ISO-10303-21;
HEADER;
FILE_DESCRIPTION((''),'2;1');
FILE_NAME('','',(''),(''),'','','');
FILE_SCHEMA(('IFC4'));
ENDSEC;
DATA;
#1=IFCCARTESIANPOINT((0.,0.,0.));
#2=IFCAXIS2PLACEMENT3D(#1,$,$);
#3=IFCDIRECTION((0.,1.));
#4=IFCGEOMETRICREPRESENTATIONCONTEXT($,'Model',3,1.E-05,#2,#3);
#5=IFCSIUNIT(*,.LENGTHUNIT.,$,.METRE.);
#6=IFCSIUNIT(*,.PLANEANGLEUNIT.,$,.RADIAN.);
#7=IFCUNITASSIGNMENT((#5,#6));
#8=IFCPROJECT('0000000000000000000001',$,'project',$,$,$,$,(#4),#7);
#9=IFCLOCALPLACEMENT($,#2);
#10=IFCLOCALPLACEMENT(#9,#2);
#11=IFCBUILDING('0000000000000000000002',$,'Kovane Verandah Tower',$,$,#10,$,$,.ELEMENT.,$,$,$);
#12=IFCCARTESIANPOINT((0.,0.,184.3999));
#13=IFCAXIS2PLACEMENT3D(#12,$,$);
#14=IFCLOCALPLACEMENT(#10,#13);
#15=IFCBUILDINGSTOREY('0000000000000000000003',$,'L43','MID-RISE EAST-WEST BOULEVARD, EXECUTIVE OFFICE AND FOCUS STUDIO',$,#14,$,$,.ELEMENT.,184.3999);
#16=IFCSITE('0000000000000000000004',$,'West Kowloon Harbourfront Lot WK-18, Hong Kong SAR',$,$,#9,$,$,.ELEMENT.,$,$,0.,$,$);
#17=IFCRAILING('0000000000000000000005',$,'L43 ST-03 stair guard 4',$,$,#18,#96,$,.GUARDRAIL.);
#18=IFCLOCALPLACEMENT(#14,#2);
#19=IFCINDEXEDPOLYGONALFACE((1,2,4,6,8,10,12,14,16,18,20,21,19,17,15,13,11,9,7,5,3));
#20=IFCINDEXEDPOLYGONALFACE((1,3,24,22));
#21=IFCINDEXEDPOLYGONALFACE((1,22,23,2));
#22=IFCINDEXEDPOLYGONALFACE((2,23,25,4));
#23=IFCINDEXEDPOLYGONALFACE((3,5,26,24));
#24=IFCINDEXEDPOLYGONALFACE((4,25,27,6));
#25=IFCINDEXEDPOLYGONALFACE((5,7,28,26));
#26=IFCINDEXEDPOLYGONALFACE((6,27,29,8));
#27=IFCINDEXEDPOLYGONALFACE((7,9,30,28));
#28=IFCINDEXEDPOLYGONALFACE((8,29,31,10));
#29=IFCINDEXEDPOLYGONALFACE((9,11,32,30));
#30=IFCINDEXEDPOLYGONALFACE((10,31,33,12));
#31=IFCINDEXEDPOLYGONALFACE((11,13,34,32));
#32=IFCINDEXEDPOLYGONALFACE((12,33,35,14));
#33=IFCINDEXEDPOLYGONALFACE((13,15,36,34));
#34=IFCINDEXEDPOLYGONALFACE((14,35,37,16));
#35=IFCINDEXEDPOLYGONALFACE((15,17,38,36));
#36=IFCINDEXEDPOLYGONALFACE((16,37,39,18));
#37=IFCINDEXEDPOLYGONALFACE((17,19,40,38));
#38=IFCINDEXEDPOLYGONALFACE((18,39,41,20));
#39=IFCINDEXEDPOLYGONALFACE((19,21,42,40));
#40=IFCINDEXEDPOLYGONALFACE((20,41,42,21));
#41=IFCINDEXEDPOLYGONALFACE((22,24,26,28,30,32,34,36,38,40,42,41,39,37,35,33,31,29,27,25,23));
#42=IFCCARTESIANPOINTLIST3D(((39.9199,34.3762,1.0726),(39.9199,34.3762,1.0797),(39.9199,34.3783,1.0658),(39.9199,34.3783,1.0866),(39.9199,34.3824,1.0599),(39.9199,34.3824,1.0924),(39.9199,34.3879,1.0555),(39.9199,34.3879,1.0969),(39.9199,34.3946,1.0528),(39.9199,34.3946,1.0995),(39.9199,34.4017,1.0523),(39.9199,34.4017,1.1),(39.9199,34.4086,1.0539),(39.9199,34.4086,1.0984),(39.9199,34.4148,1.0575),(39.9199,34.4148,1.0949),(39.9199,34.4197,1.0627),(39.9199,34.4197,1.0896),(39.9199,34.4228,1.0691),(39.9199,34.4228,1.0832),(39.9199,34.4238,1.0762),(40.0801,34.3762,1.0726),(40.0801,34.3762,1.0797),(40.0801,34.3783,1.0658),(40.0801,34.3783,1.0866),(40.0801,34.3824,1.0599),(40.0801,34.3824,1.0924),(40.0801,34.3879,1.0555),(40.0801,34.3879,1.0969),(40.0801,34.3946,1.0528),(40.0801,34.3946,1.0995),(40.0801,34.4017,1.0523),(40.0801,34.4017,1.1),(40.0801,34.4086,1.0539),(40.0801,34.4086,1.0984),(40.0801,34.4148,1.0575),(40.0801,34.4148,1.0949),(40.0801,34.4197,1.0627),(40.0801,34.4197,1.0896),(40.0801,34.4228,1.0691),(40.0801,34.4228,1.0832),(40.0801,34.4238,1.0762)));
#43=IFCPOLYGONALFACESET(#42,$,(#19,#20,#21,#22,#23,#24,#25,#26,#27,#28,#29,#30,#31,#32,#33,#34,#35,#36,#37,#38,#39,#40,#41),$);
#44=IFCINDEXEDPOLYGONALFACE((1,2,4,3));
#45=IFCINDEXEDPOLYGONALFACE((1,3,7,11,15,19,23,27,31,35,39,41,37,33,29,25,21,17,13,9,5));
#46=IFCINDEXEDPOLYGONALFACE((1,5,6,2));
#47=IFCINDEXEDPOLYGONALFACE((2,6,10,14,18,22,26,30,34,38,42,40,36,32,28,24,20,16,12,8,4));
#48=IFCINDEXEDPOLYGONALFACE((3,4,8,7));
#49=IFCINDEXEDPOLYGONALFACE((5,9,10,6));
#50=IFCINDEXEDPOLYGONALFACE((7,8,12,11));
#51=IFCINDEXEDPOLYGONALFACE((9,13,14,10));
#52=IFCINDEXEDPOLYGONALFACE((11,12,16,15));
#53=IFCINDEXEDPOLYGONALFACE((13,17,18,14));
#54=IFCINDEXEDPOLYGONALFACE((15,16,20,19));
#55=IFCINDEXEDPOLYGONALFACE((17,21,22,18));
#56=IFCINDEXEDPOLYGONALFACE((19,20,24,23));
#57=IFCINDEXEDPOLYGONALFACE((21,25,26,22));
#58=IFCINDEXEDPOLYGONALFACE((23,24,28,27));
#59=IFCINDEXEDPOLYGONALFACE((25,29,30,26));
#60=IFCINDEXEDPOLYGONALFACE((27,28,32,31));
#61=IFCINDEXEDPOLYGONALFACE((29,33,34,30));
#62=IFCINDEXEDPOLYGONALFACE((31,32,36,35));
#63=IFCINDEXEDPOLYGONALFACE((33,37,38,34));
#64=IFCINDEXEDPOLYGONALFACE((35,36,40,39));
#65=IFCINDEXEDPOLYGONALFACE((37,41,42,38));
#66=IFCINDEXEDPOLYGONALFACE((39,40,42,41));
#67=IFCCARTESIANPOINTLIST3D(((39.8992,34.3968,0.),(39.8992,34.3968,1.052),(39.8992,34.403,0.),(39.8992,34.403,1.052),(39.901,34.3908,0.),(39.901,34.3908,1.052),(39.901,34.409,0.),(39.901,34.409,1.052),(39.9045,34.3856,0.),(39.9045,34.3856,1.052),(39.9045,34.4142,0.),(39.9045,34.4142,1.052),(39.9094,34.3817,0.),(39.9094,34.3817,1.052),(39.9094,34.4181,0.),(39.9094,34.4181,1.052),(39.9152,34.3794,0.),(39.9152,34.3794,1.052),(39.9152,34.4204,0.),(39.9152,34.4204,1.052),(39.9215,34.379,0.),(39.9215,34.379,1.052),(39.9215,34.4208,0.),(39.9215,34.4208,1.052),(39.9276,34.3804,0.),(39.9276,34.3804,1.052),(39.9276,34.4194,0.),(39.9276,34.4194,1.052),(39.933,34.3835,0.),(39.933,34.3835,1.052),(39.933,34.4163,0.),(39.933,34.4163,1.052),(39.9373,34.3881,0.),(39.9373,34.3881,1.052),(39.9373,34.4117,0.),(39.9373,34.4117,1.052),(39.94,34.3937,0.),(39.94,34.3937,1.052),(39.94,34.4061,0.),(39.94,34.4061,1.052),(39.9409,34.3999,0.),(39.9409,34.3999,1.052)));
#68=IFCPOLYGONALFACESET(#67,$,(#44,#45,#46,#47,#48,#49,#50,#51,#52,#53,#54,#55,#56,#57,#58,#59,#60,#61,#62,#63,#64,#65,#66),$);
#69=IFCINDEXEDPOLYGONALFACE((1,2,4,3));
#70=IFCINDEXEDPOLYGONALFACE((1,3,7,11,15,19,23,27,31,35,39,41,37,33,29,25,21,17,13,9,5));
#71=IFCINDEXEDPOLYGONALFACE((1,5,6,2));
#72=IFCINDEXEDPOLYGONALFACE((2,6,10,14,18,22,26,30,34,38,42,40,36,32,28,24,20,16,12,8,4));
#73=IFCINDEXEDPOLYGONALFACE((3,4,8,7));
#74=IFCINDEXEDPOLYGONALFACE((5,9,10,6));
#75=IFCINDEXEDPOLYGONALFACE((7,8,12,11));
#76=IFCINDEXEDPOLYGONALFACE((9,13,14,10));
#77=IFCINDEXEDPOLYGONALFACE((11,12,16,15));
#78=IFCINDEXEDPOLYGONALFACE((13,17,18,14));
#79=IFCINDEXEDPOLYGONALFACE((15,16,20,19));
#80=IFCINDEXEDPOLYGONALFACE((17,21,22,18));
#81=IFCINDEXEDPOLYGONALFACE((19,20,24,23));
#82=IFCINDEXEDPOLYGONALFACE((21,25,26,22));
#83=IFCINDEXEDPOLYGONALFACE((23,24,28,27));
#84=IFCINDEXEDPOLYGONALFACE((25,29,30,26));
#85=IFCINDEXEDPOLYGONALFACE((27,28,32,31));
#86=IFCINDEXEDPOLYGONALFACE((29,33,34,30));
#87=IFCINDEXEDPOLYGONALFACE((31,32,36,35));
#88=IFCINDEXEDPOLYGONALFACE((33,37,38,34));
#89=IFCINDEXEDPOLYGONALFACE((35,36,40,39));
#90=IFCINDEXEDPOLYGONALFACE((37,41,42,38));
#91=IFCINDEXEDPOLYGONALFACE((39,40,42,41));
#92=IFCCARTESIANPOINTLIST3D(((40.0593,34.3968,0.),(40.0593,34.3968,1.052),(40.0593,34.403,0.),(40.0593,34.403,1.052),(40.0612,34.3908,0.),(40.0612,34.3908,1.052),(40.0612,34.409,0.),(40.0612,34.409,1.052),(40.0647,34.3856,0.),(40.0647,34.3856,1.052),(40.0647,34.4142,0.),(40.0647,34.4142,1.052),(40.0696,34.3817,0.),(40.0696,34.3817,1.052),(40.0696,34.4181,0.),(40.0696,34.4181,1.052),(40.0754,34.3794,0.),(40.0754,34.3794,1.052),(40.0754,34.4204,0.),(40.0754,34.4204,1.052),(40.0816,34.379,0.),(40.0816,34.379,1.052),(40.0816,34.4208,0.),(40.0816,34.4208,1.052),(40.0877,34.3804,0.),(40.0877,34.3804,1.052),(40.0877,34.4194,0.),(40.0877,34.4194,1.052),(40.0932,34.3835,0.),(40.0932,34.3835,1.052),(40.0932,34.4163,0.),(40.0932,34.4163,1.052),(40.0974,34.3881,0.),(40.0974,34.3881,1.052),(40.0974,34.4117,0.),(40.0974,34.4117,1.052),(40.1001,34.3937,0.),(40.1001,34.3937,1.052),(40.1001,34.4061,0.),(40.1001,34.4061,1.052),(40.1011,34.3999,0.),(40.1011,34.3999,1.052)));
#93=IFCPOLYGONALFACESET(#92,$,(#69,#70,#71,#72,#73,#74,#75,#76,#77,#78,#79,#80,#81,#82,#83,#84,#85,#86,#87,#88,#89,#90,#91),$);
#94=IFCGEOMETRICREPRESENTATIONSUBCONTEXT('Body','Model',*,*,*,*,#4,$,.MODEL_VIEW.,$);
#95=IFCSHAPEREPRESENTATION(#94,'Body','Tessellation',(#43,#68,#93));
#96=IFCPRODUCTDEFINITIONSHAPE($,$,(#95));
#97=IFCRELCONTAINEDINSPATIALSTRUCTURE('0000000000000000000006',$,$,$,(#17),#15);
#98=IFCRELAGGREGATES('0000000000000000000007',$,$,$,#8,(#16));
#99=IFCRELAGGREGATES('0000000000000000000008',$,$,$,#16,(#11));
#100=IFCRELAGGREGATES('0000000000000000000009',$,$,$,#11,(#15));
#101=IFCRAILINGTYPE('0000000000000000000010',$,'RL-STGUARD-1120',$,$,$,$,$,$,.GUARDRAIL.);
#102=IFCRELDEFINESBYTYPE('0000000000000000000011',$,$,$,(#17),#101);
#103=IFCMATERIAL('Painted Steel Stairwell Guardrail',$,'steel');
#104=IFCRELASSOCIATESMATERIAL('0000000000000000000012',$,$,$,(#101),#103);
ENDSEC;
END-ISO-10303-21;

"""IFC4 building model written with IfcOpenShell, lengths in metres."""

from ifc_helpers import new_model, si_unit, direction, frame, origin, origin_2d, place, context, subcontext, project, spatial, circle, extrude, material, type_object, element, save


model = new_model("IFC4")

# Units and contexts
model_context = context("Model", 3, precision=1e-05, world=origin(), true_north=direction((0.0, 1.0)))
body_context = subcontext(model_context, "Body", "Model", "MODEL_VIEW")
ifc_project = project(units=[si_unit("LENGTHUNIT", "METRE"), si_unit("PLANEANGLEUNIT", "RADIAN")], contexts=[model_context])

# Site, building, storey
site_placement = place(None, origin())
site = spatial("IfcSite", under=ifc_project, at=site_placement, Name="West Kowloon Harbourfront Lot WK-18, Hong Kong SAR", CompositionType="ELEMENT", RefElevation=0.0)
building_placement = place(site_placement, origin())
building = spatial("IfcBuilding", under=site, at=building_placement, Name="Kovane Verandah Tower", CompositionType="ELEMENT")
storey_placement = place(building_placement, frame((0.0, 0.0, 184.3999)))
storey = spatial("IfcBuildingStorey", under=building, at=storey_placement, Name="L43", Description="MID-RISE EAST-WEST BOULEVARD, EXECUTIVE OFFICE AND FOCUS STUDIO", CompositionType="ELEMENT", Elevation=184.3999)

# Railing
ifc_material_1 = material(Name="Painted Steel Stairwell Guardrail", Category="steel")
railing_type_1 = type_object("IfcRailingType", Name="RL-STGUARD-1120", PredefinedType="GUARDRAIL", material=ifc_material_1)
railing_1_placement = place(storey_placement, frame((39.9199, 34.3999, 0.0)))
element("IfcRailing", 1, at=railing_1_placement, inside=storey, type_object=railing_type_1, Name="L43 ST-03 stair guard 4", PredefinedType="GUARDRAIL", context=body_context, shape_type="SweptSolid", body=[
    extrude(circle(Radius=0.0239, at=origin_2d()), frame((0.0, 0.0, 1.0762), z_axis=(1.0, 0.0, 0.0), x_axis=(0.0, 1.0, 0.0)), (0.0, 0.0, 1.0), 0.1602),
    extrude(circle(Radius=0.021, at=origin_2d()), origin(), (0.0, 0.0, 1.0), 1.052),
    extrude(circle(Radius=0.021, at=origin_2d()), frame((0.1602, 0.0, 0.0)), (0.0, 0.0, 1.0), 1.052),
])

save(model, "model.ifc")
